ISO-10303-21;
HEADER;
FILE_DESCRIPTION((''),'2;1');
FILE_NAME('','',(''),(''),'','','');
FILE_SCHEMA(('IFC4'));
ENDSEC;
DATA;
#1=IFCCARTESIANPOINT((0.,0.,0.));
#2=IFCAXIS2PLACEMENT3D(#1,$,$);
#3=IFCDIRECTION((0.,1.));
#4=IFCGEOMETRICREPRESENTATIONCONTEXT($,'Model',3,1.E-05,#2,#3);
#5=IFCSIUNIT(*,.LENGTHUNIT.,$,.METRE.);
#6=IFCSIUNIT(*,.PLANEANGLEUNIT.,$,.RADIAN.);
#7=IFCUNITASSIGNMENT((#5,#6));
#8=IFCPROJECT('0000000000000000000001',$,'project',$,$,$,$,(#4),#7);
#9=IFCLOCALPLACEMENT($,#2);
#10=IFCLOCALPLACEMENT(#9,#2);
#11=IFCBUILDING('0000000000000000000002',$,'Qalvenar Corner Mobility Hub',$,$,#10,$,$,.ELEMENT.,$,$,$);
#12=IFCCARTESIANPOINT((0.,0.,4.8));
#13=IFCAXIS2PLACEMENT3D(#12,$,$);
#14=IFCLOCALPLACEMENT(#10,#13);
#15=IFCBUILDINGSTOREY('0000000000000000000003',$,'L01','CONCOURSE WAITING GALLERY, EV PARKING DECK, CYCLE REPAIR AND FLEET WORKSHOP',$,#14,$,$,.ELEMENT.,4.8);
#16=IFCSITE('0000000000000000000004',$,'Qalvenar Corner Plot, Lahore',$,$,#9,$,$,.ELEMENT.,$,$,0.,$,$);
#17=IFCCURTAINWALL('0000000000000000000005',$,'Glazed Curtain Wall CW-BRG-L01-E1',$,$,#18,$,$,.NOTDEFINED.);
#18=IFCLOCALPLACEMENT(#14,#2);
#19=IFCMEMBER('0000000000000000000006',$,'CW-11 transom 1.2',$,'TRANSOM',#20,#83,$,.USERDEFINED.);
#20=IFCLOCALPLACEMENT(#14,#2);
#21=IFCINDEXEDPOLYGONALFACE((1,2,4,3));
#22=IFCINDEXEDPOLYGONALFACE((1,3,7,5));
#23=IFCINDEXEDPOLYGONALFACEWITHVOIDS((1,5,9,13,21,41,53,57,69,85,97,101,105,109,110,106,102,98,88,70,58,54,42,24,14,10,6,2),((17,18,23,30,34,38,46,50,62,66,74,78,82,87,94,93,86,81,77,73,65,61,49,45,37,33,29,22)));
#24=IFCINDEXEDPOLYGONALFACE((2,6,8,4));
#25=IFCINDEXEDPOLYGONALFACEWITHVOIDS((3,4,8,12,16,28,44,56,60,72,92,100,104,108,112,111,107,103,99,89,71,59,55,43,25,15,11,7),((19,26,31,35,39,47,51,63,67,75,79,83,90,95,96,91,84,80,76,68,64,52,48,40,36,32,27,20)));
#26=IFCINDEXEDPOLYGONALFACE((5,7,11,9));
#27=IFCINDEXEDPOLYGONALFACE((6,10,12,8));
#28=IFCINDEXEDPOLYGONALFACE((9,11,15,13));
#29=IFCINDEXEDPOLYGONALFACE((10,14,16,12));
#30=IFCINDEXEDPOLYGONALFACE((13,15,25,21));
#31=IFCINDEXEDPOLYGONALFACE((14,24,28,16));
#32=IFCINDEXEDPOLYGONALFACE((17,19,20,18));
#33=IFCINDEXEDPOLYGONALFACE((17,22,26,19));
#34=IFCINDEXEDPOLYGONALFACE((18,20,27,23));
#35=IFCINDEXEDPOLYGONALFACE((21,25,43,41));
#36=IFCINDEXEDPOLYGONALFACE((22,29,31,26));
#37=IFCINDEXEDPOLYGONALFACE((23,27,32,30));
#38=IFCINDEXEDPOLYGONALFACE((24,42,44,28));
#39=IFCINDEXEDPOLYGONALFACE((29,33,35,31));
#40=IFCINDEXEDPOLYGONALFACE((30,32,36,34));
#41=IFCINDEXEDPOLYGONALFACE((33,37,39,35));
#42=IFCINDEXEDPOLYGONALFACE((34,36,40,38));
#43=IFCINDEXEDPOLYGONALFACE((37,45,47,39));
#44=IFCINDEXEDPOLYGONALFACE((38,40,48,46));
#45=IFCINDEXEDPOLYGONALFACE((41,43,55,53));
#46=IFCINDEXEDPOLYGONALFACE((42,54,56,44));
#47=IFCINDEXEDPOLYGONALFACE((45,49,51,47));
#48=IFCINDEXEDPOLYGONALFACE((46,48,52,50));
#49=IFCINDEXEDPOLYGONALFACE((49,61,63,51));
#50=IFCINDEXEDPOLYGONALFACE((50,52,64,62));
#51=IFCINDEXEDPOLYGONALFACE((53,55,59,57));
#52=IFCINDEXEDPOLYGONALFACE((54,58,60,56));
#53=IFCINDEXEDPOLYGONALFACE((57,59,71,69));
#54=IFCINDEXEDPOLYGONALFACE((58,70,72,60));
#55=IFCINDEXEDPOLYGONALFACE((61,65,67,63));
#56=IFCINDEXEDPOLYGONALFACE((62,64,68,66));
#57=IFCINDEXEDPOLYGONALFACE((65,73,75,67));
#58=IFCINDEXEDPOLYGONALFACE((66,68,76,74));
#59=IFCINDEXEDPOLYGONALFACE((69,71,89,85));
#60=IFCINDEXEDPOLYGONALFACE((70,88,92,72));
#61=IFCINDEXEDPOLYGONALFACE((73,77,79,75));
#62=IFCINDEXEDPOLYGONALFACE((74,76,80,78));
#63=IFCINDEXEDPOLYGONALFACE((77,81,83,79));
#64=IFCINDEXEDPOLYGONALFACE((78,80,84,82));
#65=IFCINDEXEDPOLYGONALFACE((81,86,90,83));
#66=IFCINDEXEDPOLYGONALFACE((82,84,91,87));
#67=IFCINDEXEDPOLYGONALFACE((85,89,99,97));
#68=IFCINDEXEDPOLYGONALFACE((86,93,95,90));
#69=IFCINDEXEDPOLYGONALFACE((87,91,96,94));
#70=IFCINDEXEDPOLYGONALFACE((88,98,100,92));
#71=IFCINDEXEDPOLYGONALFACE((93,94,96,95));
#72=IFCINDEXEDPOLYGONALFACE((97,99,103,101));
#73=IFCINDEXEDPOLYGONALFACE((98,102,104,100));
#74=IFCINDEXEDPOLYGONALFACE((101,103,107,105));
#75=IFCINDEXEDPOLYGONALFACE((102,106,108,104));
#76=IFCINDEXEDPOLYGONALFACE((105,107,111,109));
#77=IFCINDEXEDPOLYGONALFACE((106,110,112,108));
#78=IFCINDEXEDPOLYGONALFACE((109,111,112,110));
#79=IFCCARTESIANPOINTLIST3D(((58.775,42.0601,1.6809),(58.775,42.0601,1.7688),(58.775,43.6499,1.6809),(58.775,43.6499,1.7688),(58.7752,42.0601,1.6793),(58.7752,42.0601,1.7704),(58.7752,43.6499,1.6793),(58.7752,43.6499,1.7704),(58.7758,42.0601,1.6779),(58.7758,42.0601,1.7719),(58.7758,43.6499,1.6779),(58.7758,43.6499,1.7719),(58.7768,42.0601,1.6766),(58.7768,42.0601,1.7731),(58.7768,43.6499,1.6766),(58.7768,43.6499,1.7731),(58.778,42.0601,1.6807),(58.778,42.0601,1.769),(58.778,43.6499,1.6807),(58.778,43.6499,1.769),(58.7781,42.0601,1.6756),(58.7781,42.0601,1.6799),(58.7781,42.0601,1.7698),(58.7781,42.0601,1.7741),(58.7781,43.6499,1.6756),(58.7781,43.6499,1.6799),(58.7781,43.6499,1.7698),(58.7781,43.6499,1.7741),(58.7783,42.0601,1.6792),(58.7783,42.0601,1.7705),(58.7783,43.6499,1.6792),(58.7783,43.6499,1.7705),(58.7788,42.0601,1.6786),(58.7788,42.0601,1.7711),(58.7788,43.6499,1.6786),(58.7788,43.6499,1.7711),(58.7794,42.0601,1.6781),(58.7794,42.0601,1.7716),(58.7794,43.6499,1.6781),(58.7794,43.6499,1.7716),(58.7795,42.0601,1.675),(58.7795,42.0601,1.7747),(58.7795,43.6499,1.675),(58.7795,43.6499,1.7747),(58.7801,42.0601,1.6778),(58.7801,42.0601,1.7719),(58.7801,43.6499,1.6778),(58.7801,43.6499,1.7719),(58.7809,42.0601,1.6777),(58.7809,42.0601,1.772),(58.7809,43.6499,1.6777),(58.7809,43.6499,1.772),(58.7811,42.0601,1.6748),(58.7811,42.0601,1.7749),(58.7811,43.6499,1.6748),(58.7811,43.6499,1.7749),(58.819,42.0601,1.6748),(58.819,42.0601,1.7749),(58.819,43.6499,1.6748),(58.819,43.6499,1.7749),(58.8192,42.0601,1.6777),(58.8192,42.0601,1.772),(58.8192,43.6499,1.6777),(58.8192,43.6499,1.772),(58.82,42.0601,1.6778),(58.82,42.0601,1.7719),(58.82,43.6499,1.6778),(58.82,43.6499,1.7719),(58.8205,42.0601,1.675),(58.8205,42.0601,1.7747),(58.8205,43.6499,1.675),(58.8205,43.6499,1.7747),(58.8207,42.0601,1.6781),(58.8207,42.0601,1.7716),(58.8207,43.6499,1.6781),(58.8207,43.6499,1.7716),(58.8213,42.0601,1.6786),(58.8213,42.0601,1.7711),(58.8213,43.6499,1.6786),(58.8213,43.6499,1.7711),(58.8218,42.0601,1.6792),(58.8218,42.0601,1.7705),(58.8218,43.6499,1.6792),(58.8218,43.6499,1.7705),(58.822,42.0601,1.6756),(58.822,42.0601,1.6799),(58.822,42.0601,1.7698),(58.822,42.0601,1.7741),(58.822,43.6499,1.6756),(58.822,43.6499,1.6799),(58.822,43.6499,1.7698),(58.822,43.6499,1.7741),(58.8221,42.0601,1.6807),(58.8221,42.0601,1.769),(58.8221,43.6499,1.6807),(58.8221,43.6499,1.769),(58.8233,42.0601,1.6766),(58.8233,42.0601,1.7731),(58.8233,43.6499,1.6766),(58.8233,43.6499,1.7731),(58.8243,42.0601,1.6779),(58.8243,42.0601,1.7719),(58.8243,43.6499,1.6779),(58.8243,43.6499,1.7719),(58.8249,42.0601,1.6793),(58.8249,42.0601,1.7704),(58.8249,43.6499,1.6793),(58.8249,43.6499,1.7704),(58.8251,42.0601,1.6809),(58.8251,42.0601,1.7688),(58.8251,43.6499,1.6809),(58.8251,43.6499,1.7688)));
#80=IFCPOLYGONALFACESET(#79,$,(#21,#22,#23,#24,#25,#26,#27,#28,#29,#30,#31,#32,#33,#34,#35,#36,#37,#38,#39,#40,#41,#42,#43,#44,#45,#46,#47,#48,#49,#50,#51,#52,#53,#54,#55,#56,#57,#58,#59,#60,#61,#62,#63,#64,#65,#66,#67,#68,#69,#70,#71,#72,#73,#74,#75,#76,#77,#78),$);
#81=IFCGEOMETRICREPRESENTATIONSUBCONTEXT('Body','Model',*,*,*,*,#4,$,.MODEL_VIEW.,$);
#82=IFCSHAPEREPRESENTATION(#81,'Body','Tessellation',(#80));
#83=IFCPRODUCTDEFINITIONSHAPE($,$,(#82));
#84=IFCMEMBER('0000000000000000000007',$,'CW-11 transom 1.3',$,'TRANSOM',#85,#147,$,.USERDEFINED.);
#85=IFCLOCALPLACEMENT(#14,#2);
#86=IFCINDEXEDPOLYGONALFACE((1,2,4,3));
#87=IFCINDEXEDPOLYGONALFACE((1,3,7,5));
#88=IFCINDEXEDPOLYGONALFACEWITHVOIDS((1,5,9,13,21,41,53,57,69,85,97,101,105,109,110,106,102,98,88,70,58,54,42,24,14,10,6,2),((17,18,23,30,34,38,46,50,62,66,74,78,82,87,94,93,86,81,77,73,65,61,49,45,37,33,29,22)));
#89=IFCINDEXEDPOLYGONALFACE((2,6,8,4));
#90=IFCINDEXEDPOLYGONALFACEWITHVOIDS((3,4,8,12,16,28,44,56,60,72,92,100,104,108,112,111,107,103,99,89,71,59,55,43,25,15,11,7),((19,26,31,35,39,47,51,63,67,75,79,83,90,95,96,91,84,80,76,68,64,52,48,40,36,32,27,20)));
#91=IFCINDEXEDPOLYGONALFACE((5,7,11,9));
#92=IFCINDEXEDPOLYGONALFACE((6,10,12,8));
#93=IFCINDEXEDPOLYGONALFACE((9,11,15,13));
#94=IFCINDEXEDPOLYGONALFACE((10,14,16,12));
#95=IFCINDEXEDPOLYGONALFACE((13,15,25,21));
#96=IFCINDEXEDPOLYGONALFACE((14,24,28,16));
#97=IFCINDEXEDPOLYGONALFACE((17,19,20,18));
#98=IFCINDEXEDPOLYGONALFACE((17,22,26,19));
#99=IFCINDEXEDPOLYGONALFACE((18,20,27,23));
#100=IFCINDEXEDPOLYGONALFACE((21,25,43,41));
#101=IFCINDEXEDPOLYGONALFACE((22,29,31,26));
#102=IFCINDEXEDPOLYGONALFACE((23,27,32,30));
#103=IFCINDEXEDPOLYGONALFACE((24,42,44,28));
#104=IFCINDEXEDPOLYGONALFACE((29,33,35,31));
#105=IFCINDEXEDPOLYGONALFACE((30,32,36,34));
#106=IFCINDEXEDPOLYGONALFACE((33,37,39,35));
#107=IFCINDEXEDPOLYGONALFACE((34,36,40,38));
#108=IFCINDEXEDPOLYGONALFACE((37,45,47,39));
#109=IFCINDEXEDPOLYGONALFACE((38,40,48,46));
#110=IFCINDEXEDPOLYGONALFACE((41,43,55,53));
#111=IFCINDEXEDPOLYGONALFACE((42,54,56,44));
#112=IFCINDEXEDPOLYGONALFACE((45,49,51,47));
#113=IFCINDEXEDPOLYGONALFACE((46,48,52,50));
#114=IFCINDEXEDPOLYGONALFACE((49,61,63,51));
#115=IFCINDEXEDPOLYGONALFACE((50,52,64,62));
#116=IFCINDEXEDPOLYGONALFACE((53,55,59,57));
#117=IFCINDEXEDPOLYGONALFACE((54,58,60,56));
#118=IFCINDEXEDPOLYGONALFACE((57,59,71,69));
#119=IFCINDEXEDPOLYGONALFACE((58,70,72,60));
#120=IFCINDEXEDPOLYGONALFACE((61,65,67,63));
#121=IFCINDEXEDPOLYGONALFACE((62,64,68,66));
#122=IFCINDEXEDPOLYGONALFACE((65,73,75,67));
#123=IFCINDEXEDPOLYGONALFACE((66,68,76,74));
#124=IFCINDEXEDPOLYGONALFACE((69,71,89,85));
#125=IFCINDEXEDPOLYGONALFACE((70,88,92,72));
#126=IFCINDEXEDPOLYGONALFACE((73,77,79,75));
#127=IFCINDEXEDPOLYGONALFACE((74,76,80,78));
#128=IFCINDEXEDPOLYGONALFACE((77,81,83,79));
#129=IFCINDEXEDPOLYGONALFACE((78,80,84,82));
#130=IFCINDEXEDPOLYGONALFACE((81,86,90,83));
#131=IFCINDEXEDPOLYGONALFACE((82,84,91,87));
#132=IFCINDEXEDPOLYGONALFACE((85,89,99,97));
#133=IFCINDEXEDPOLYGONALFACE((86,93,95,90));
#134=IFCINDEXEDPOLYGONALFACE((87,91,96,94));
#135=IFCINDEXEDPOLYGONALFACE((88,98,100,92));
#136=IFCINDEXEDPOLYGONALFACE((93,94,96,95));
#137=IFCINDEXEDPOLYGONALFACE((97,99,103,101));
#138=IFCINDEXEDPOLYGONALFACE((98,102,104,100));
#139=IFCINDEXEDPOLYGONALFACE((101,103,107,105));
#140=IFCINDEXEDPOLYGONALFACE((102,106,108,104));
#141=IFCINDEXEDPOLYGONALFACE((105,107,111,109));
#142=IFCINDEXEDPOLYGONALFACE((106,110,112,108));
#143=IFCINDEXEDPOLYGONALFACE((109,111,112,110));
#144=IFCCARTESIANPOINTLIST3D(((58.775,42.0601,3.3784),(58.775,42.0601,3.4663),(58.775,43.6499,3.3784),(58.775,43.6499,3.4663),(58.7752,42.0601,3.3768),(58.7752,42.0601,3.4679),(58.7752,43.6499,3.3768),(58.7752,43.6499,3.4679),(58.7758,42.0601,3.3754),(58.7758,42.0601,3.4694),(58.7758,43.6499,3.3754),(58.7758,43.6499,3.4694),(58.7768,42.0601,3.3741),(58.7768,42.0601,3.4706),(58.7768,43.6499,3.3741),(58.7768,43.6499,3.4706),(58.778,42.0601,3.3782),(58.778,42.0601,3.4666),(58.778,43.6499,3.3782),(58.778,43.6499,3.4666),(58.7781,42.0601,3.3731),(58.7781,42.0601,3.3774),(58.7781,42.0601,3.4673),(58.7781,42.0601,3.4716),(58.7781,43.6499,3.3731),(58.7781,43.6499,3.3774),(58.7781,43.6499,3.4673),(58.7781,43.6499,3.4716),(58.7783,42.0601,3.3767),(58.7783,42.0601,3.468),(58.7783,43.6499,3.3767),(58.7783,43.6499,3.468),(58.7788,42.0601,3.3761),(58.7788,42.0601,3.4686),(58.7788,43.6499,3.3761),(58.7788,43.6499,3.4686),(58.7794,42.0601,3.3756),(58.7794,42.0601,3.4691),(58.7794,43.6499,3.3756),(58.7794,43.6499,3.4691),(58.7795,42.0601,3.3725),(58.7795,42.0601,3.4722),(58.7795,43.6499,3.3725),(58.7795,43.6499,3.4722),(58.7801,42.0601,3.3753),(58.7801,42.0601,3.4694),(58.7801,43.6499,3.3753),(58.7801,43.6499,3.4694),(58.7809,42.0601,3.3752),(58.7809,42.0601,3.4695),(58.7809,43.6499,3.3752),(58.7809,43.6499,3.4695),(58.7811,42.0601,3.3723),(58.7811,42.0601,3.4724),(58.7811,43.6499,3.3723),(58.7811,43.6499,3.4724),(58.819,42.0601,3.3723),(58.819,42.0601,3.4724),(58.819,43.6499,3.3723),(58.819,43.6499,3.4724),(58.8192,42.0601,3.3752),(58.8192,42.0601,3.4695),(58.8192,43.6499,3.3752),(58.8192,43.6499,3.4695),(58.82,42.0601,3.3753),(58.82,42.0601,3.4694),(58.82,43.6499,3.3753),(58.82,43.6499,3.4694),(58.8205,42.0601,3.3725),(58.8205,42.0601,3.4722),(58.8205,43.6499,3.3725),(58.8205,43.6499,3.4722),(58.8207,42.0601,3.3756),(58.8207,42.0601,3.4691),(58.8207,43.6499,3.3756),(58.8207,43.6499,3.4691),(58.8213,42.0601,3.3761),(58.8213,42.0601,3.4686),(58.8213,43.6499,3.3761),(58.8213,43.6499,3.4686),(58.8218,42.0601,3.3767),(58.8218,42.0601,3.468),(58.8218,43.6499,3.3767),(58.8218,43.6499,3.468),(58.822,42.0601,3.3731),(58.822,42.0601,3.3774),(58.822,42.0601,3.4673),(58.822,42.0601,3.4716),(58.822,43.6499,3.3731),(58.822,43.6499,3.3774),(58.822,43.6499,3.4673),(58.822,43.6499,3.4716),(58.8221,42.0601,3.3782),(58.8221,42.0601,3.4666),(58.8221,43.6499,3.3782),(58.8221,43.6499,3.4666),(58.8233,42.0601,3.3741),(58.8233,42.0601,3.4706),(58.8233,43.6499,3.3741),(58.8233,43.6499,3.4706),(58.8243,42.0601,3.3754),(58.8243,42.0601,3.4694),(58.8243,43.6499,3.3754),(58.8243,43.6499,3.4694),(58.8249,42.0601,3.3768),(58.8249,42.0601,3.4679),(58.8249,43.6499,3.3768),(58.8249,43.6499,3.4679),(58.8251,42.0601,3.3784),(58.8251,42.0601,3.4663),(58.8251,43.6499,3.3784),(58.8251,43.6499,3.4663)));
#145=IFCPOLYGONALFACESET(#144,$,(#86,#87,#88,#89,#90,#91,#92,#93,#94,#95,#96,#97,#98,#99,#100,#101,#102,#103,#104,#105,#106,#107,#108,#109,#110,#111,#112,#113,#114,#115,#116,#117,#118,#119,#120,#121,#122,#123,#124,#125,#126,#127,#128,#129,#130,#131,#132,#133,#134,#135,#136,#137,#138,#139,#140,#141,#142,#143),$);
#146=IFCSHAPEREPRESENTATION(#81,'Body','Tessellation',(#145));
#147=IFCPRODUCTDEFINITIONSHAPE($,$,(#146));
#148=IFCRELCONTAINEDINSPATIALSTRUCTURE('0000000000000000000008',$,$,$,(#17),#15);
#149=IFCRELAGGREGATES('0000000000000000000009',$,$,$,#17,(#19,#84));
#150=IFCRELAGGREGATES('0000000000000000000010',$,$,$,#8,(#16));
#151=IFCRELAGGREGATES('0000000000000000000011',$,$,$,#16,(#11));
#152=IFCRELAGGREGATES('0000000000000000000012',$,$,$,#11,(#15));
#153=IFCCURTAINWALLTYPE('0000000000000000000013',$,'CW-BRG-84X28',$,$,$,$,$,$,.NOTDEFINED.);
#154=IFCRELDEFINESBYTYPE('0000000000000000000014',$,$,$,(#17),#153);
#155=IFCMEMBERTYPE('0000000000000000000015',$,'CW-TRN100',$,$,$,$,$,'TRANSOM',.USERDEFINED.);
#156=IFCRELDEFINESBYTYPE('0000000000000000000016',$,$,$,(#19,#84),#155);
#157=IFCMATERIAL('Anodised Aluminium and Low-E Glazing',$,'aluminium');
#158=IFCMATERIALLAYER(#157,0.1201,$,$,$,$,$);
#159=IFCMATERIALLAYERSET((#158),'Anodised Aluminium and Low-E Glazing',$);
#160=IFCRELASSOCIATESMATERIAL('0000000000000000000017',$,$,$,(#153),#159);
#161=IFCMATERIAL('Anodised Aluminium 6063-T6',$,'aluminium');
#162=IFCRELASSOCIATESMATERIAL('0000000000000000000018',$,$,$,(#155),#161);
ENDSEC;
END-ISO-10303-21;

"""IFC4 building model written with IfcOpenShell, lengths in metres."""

from ifc_helpers import new_model, si_unit, direction, frame, origin, origin_2d, place, context, subcontext, project, spatial, hollow_rectangle, extrude, material, layer, layer_set, material_profile, profile_set, type_object, element, aggregate, save


model = new_model("IFC4")

# Units and contexts
model_context = context("Model", 3, precision=1e-05, world=origin(), true_north=direction((0.0, 1.0)))
body_context = subcontext(model_context, "Body", "Model", "MODEL_VIEW")
ifc_project = project(units=[si_unit("LENGTHUNIT", "METRE"), si_unit("PLANEANGLEUNIT", "RADIAN")], contexts=[model_context])

# Site, building, storey
site_placement = place(None, origin())
site = spatial("IfcSite", under=ifc_project, at=site_placement, Name="Qalvenar Corner Plot, Lahore", CompositionType="ELEMENT", RefElevation=0.0)
building_placement = place(site_placement, origin())
building = spatial("IfcBuilding", under=site, at=building_placement, Name="Qalvenar Corner Mobility Hub", CompositionType="ELEMENT")
storey_placement = place(building_placement, frame((0.0, 0.0, 4.8)))
storey = spatial("IfcBuildingStorey", under=building, at=storey_placement, Name="L01", Description="CONCOURSE WAITING GALLERY, EV PARKING DECK, CYCLE REPAIR AND FLEET WORKSHOP", CompositionType="ELEMENT", Elevation=4.8)

# Shared definitions
ifc_material_1 = material(Name="Anodised Aluminium and Low-E Glazing", Category="aluminium")
ifc_layer_1 = layer(ifc_material_1, 0.1201)
ifc_layer_set_1 = layer_set([ifc_layer_1], Name="Anodised Aluminium and Low-E Glazing")
curtain_wall_type = type_object("IfcCurtainWallType", Name="CW-BRG-84X28", PredefinedType="NOTDEFINED", material=ifc_layer_set_1)
ifc_material_2 = material(Name="Anodised Aluminium 6063-T6", Category="aluminium")

# Curtain wall, members
curtain_wall_1_placement = place(storey_placement, origin())
curtain_wall_1 = element("IfcCurtainWall", 1, at=curtain_wall_1_placement, inside=storey, type_object=curtain_wall_type, Name="Glazed Curtain Wall CW-BRG-L01-E1", PredefinedType="NOTDEFINED")
ifc_material_profile_1 = material_profile(ifc_material_2, hollow_rectangle(XDim=0.05, YDim=0.1001, WallThickness=0.0029, InnerFilletRadius=0.0029, OuterFilletRadius=0.0061, at=origin_2d()), Name="RHS100x50x3")
ifc_profile_set_1 = profile_set([ifc_material_profile_1], Name="Anodised Aluminium 6063-T6")
member_type_1 = type_object("IfcMemberType", Name="CW-TRN100", ElementType="TRANSOM", PredefinedType="USERDEFINED", material=ifc_profile_set_1)
member_1_placement = place(storey_placement, frame((58.8, 42.0601, 1.7249), z_axis=(0.0, 1.0, 0.0), x_axis=(-1.0, 0.0, 0.0)))
member_1 = element("IfcMember", 2, at=member_1_placement, type_object=member_type_1, Name="CW-11 transom 1.2", ObjectType="TRANSOM", PredefinedType="USERDEFINED", context=body_context, shape_type="SweptSolid", body=[
    extrude(hollow_rectangle(XDim=0.05, YDim=0.1001, WallThickness=0.0029, InnerFilletRadius=0.0029, OuterFilletRadius=0.0061, at=origin_2d()), origin(), (0.0, 0.0, 1.0), 1.5898),
])
member_2_placement = place(storey_placement, frame((58.8, 42.0601, 3.4224), z_axis=(0.0, 1.0, 0.0), x_axis=(-1.0, 0.0, 0.0)))
member_2 = element("IfcMember", 3, at=member_2_placement, type_object=member_type_1, Name="CW-11 transom 1.3", ObjectType="TRANSOM", PredefinedType="USERDEFINED", context=body_context, shape_type="SweptSolid", body=[
    extrude(hollow_rectangle(XDim=0.05, YDim=0.1001, WallThickness=0.0029, InnerFilletRadius=0.0029, OuterFilletRadius=0.0061, at=origin_2d()), origin(), (0.0, 0.0, 1.0), 1.5898),
])

aggregate(curtain_wall_1, [member_1, member_2])

save(model, "model.ifc")
